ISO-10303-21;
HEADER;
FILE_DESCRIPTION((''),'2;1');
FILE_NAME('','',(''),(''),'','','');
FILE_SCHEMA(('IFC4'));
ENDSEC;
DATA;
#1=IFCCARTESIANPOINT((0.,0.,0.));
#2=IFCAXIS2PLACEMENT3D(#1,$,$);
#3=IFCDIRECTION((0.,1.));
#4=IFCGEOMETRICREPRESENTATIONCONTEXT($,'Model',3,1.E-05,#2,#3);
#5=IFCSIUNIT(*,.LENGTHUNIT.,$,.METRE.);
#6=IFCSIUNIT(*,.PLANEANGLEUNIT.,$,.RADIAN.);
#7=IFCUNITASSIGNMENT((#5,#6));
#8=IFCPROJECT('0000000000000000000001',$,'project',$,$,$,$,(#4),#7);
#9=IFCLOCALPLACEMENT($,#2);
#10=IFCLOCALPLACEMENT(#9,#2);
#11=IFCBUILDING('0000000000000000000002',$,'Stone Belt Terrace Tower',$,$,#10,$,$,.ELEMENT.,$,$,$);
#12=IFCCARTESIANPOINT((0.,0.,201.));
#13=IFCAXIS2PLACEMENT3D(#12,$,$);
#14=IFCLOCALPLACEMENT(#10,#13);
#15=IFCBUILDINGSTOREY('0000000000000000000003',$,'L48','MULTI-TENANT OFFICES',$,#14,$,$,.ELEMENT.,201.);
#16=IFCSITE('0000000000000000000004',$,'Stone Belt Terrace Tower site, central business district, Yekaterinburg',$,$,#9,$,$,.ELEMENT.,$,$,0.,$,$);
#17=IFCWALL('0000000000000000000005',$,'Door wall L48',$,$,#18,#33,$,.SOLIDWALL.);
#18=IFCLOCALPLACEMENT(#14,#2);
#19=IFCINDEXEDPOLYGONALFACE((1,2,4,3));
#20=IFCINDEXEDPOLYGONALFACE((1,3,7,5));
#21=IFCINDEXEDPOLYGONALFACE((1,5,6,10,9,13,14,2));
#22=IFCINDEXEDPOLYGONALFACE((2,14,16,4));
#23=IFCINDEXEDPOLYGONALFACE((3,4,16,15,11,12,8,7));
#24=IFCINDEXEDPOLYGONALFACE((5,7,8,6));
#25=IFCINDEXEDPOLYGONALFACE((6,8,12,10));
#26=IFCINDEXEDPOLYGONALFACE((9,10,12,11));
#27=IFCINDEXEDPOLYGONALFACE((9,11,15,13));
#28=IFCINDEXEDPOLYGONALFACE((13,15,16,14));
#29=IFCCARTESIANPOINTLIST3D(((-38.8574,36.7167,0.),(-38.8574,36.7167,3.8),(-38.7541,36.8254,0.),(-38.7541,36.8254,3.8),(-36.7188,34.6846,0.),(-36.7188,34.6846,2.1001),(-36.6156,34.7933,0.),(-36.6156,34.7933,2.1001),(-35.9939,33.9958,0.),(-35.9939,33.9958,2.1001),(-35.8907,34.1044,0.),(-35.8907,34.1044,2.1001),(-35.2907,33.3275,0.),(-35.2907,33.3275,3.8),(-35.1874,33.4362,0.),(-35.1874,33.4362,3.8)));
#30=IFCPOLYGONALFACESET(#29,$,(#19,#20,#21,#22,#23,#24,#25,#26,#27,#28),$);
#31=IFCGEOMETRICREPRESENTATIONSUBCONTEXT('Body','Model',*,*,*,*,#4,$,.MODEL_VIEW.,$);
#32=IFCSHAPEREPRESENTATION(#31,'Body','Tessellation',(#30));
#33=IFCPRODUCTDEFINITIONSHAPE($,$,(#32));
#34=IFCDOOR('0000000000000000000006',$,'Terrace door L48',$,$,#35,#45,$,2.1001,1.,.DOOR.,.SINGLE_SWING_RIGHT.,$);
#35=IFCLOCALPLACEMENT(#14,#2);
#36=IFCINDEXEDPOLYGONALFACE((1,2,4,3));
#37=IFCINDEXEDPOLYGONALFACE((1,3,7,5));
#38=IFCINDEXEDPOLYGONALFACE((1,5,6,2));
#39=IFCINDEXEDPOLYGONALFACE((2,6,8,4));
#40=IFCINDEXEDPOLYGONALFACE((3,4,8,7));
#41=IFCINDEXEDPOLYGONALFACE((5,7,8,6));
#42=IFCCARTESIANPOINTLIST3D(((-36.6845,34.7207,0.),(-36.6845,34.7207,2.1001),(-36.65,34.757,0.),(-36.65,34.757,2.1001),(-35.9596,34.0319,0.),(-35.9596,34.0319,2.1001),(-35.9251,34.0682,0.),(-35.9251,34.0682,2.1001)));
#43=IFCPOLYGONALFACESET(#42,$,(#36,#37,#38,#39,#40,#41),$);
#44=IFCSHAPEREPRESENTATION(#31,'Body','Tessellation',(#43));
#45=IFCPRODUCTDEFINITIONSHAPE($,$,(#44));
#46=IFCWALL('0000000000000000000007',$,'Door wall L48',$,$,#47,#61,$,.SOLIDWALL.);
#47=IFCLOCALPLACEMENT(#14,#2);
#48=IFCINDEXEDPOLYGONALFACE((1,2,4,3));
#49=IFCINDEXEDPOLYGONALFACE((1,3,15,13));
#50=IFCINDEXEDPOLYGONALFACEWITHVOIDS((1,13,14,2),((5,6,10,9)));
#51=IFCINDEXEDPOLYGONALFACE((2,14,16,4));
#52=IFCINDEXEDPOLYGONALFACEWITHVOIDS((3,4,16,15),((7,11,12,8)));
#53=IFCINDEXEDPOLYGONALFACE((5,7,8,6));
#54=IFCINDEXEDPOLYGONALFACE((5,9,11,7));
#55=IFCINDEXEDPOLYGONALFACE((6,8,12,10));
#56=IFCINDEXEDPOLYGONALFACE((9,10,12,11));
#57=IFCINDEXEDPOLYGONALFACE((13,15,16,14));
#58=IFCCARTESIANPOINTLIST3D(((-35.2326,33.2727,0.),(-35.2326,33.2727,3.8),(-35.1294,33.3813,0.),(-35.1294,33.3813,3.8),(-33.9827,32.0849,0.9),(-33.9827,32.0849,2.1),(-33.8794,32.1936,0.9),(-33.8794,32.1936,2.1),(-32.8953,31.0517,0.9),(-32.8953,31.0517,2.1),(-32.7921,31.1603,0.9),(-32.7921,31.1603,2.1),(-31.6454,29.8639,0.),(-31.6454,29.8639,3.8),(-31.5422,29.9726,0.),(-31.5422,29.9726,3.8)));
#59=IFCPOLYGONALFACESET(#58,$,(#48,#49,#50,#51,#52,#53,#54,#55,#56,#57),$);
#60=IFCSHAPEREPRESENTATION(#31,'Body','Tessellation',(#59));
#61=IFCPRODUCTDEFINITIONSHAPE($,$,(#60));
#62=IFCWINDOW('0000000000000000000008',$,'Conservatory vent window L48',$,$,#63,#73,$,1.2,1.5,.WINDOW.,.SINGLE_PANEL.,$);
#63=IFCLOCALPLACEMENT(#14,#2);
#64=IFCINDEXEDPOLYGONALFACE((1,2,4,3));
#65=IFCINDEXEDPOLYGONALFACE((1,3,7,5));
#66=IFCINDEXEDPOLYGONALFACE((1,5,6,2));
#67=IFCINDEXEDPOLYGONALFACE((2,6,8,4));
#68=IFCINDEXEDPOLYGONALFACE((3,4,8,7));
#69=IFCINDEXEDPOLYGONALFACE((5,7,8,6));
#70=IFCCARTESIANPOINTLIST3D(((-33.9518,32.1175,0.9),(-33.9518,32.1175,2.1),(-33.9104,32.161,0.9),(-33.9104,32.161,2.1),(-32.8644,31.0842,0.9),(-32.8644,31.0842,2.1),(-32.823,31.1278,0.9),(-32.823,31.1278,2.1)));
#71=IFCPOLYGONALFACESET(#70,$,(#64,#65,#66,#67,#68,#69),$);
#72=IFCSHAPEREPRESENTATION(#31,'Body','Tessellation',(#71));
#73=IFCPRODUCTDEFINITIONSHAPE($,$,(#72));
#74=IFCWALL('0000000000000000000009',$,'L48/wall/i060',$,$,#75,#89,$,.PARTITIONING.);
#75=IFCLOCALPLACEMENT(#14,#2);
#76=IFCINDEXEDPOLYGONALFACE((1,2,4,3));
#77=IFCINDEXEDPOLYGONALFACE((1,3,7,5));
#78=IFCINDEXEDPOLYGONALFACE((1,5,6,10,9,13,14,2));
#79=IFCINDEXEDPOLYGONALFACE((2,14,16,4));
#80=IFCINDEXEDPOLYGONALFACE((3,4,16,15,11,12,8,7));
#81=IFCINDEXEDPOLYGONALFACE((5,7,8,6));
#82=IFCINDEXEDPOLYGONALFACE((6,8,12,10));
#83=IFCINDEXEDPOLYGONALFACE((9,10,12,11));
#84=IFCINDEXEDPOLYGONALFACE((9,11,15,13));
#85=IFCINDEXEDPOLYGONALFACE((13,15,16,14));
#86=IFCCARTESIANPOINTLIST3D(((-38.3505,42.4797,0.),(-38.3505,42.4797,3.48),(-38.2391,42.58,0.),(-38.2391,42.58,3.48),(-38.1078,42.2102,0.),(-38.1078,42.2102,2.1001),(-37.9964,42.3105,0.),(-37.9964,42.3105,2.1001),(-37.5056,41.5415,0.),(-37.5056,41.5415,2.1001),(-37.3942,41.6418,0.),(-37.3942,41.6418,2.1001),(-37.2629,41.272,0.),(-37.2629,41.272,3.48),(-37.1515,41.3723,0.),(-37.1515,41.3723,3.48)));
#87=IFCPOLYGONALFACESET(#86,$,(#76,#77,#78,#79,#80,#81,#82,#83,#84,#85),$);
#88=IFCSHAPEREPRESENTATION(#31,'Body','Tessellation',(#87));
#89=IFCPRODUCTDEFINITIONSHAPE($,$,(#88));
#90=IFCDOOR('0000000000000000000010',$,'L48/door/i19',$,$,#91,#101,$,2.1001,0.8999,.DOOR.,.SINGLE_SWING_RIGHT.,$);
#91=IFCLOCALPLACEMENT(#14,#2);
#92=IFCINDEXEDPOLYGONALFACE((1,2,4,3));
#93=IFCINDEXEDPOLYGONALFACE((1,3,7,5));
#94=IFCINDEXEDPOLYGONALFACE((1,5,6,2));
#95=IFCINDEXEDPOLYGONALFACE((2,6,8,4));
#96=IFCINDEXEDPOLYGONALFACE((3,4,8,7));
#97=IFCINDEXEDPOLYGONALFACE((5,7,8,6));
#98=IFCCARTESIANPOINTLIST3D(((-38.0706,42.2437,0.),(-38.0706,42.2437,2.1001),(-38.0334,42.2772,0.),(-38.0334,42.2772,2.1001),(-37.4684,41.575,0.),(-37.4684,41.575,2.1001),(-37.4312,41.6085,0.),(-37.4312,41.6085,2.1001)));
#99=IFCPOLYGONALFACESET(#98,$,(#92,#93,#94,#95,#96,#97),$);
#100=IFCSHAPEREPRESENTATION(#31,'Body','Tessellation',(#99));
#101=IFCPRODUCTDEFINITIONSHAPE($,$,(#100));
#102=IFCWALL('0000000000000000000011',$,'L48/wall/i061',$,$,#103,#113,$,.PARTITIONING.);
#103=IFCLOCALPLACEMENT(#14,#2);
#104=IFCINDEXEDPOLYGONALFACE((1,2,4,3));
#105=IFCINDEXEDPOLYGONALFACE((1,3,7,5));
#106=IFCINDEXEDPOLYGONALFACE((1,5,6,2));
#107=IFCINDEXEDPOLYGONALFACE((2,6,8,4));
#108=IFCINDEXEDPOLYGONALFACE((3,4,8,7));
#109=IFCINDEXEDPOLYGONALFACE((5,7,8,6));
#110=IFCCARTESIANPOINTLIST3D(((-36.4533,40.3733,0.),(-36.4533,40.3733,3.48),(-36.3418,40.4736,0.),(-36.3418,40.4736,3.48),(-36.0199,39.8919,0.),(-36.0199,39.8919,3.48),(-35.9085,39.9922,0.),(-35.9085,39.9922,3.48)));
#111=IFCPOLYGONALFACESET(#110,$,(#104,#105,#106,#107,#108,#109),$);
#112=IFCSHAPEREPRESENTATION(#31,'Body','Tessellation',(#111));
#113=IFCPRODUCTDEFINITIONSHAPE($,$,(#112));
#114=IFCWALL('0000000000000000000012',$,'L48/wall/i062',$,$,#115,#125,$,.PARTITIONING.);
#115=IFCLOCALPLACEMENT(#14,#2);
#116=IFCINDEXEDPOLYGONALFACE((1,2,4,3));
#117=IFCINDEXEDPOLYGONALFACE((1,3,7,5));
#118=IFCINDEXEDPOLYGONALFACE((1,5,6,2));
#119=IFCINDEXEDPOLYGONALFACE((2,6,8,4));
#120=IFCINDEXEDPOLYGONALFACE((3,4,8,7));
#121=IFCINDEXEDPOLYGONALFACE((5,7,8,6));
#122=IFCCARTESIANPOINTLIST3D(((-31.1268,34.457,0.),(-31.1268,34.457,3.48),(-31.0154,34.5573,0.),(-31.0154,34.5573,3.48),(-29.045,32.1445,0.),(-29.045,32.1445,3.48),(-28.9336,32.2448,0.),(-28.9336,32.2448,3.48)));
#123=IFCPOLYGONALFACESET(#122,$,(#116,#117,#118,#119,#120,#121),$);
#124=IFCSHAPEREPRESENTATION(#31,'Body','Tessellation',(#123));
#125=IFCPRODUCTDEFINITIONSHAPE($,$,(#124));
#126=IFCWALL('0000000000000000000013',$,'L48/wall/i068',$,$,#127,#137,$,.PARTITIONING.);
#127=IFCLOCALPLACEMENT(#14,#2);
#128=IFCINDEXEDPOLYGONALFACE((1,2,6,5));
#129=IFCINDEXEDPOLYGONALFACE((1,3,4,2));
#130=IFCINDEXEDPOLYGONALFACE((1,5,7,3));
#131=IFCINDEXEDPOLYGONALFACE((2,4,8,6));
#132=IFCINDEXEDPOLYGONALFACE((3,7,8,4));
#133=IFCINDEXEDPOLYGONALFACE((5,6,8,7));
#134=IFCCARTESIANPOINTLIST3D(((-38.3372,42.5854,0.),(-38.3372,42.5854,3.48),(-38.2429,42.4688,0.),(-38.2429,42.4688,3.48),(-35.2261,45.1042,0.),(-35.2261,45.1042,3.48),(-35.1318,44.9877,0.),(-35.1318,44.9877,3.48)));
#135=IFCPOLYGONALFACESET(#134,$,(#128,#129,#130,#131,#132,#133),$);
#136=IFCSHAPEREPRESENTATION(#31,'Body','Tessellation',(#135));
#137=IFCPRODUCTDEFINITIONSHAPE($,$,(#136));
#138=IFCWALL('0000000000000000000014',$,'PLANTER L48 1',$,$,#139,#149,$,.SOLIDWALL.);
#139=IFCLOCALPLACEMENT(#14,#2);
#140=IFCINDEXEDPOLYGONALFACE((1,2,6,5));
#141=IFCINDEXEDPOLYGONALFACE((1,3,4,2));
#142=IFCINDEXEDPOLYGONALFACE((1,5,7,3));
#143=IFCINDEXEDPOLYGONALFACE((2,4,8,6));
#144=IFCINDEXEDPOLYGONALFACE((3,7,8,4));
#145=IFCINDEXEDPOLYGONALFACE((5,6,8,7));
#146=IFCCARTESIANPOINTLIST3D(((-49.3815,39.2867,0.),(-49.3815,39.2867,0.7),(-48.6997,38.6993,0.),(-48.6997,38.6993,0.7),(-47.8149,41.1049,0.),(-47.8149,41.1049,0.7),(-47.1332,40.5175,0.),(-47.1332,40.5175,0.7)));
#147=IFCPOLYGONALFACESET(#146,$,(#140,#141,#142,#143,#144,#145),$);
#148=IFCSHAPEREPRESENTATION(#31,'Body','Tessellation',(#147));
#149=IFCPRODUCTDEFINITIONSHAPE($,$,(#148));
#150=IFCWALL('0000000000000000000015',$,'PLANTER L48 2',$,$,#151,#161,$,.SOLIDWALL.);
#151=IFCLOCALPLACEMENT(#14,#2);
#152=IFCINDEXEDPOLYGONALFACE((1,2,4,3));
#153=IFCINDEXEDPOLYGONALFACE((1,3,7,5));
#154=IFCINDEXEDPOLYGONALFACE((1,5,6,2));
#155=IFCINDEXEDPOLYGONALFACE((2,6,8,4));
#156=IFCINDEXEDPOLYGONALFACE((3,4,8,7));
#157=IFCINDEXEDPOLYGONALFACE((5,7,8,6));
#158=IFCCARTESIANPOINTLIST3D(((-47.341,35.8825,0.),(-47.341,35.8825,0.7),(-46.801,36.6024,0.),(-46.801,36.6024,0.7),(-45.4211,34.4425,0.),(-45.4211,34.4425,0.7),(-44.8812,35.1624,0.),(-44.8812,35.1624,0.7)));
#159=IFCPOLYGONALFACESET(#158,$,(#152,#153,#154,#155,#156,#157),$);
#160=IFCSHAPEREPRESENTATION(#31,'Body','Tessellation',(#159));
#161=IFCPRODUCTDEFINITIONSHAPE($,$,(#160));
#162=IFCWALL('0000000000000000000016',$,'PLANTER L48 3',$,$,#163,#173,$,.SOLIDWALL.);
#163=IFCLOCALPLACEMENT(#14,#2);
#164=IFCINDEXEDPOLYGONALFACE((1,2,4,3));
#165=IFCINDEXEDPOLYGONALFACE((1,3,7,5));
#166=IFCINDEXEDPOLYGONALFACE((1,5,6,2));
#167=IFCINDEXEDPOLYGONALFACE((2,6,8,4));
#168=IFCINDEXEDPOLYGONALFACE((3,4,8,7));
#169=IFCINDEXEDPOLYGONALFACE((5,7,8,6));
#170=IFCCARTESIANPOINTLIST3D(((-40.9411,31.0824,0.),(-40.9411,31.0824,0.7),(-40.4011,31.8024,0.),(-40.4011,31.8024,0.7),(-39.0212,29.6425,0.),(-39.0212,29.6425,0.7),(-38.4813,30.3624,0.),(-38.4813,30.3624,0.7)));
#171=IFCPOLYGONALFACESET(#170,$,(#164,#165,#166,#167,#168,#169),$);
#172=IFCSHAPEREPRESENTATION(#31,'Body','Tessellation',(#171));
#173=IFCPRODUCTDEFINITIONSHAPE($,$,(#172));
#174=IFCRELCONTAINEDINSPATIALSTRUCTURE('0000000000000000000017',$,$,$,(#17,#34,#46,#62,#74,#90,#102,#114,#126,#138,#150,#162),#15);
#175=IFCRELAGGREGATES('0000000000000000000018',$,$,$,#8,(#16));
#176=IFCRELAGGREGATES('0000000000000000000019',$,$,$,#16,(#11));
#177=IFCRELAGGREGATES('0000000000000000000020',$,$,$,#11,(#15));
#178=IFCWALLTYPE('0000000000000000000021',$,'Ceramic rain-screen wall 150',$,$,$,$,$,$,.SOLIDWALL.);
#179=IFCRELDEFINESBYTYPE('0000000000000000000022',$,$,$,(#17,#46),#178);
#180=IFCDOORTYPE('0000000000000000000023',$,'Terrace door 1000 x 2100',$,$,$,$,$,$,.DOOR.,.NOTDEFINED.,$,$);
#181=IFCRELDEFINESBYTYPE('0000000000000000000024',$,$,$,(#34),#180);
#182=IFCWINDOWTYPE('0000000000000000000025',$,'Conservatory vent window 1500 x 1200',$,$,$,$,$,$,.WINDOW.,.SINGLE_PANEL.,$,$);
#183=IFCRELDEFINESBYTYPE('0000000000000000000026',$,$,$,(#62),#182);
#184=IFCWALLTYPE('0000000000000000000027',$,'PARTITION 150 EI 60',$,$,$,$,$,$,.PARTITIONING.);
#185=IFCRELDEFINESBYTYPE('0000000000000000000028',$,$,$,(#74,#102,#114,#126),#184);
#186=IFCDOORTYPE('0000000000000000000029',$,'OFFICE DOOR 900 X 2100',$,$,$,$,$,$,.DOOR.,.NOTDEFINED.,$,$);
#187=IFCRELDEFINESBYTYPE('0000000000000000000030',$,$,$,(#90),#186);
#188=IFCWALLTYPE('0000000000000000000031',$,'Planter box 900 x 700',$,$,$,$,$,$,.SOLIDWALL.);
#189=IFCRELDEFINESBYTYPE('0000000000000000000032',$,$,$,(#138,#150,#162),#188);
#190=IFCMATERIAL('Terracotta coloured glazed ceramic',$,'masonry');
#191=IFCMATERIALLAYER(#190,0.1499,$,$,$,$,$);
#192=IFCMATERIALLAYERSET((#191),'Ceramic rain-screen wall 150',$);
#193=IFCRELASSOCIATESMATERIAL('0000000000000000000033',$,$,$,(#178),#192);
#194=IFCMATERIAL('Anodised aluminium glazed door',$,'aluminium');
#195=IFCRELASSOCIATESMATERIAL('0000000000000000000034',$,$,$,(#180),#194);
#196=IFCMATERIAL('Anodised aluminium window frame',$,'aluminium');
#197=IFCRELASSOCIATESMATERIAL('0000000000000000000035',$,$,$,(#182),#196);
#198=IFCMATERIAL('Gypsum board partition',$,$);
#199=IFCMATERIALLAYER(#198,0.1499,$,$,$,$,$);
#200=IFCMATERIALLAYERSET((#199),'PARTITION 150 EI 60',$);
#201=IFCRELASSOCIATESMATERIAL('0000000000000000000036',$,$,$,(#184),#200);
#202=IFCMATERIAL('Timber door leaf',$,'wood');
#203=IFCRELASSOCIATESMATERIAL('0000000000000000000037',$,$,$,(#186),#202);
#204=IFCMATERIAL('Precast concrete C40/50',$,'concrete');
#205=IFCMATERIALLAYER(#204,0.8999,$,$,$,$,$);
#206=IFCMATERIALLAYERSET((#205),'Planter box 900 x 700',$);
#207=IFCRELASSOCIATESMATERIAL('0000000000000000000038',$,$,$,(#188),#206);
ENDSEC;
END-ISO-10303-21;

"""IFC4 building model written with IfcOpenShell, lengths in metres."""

from ifc_helpers import new_model, si_unit, direction, frame, frame_2d, origin, origin_2d, place, context, subcontext, project, spatial, rectangle, extrude, material, layer, layer_set, type_object, element, fill, save


model = new_model("IFC4")

# Units and contexts
model_context = context("Model", 3, precision=1e-05, world=origin(), true_north=direction((0.0, 1.0)))
body_context = subcontext(model_context, "Body", "Model", "MODEL_VIEW")
ifc_project = project(units=[si_unit("LENGTHUNIT", "METRE"), si_unit("PLANEANGLEUNIT", "RADIAN")], contexts=[model_context])

# Site, building, storey
site_placement = place(None, origin())
site = spatial("IfcSite", under=ifc_project, at=site_placement, Name="Stone Belt Terrace Tower site, central business district, Yekaterinburg", CompositionType="ELEMENT", RefElevation=0.0)
building_placement = place(site_placement, origin())
building = spatial("IfcBuilding", under=site, at=building_placement, Name="Stone Belt Terrace Tower", CompositionType="ELEMENT")
storey_placement = place(building_placement, frame((0.0, 0.0, 201.0)))
storey = spatial("IfcBuildingStorey", under=building, at=storey_placement, Name="L48", Description="MULTI-TENANT OFFICES", CompositionType="ELEMENT", Elevation=201.0)

# Wall, opening, door
ifc_material_1 = material(Name="Terracotta coloured glazed ceramic", Category="masonry")
ifc_layer_1 = layer(ifc_material_1, 0.1499)
ifc_layer_set_1 = layer_set([ifc_layer_1], Name="Ceramic rain-screen wall 150")
wall_type_1 = type_object("IfcWallType", Name="Ceramic rain-screen wall 150", PredefinedType="SOLIDWALL", material=ifc_layer_set_1)
wall_1_placement = place(storey_placement, frame((-38.8057, 36.771, 0.0), z_axis=(0.0, 0.0, 1.0), x_axis=(0.724914, -0.688839, 0.0)))
wall_1 = element("IfcWall", 1, at=wall_1_placement, inside=storey, type_object=wall_type_1, Name="Door wall L48", PredefinedType="SOLIDWALL", context=body_context, shape_type="SweptSolid", body=[
    extrude(rectangle(XDim=4.9202, YDim=0.1499, at=frame_2d((2.46, 0.0))), origin(), (0.0, 0.0, 1.0), 3.8),
])
opening_1_placement = place(wall_1_placement, frame((2.95, 0.0, 0.0)))
opening_1 = element("IfcOpeningElement", 2, at=opening_1_placement, cuts=wall_1, PredefinedType="OPENING", context=body_context, shape_type="SweptSolid", body=[
    extrude(rectangle(XDim=1.0, YDim=2.1001, at=frame_2d((0.5, 1.05))), frame((0.0, 0.085, 0.0), z_axis=(0.0, -1.0, 0.0), x_axis=(1.0, 0.0, 0.0)), (0.0, 0.0, 1.0), 0.1699),
])
ifc_material_2 = material(Name="Anodised aluminium glazed door", Category="aluminium")
door_type_1 = type_object("IfcDoorType", Name="Terrace door 1000 x 2100", OperationType="NOTDEFINED", PredefinedType="DOOR", material=ifc_material_2)
door_1_placement = place(opening_1_placement, origin())
door_1 = element("IfcDoor", 3, at=door_1_placement, inside=storey, type_object=door_type_1, Name="Terrace door L48", OperationType="SINGLE_SWING_RIGHT", OverallHeight=2.1001, OverallWidth=1.0, PredefinedType="DOOR", context=body_context, shape_type="SweptSolid", body=[
    extrude(rectangle(XDim=1.0, YDim=2.1001, at=frame_2d((0.5, 1.05))), frame((0.0, 0.0249, 0.0), z_axis=(0.0, -1.0, 0.0), x_axis=(1.0, 0.0, 0.0)), (0.0, 0.0, 1.0), 0.05),
])
fill(opening_1, door_1)

# Wall, opening, window
wall_2_placement = place(storey_placement, frame((-35.1809, 33.3269, 0.0), z_axis=(0.0, 0.0, 1.0), x_axis=(0.72491, -0.688844, 0.0)))
wall_2 = element("IfcWall", 4, at=wall_2_placement, inside=storey, type_object=wall_type_1, Name="Door wall L48", PredefinedType="SOLIDWALL", context=body_context, shape_type="SweptSolid", body=[
    extrude(rectangle(XDim=4.9485, YDim=0.1499, at=frame_2d((2.4741, 0.0))), origin(), (0.0, 0.0, 1.0), 3.8),
])
opening_2_placement = place(wall_2_placement, frame((1.7241, 0.0, 0.8999)))
opening_2 = element("IfcOpeningElement", 5, at=opening_2_placement, cuts=wall_2, PredefinedType="OPENING", context=body_context, shape_type="SweptSolid", body=[
    extrude(rectangle(XDim=1.5, YDim=1.2, at=frame_2d((0.75, 0.6001))), frame((0.0, 0.085, 0.0), z_axis=(0.0, -1.0, 0.0), x_axis=(1.0, 0.0, 0.0)), (0.0, 0.0, 1.0), 0.1699),
])
ifc_material_3 = material(Name="Anodised aluminium window frame", Category="aluminium")
window_type = type_object("IfcWindowType", Name="Conservatory vent window 1500 x 1200", PartitioningType="SINGLE_PANEL", PredefinedType="WINDOW", material=ifc_material_3)
window_placement = place(opening_2_placement, origin())
window = element("IfcWindow", 6, at=window_placement, inside=storey, type_object=window_type, Name="Conservatory vent window L48", OverallHeight=1.2, OverallWidth=1.5, PartitioningType="SINGLE_PANEL", PredefinedType="WINDOW", context=body_context, shape_type="SweptSolid", body=[
    extrude(rectangle(XDim=1.5, YDim=1.2, at=frame_2d((0.75, 0.6001))), frame((0.0, 0.03, 0.0), z_axis=(0.0, -1.0, 0.0), x_axis=(1.0, 0.0, 0.0)), (0.0, 0.0, 1.0), 0.0601),
])
fill(opening_2, window)

# Wall, opening, door
ifc_material_4 = material(Name="Gypsum board partition")
ifc_layer_2 = layer(ifc_material_4, 0.1499)
ifc_layer_set_2 = layer_set([ifc_layer_2], Name="PARTITION 150 EI 60")
wall_type_2 = type_object("IfcWallType", Name="PARTITION 150 EI 60", PredefinedType="PARTITIONING", material=ifc_layer_set_2)
wall_3_placement = place(storey_placement, frame((-37.2073, 41.3223, 0.0), z_axis=(0.0, 0.0, 1.0), x_axis=(-0.669189, 0.743092, 0.0)))
wall_3 = element("IfcWall", 7, at=wall_3_placement, inside=storey, type_object=wall_type_2, Name="L48/wall/i060", PredefinedType="PARTITIONING", context=body_context, shape_type="SweptSolid", body=[
    extrude(rectangle(XDim=1.6252, YDim=0.1499, at=frame_2d((0.8125, 0.0))), origin(), (0.0, 0.0, 1.0), 3.48),
])
opening_3_placement = place(wall_3_placement, frame((0.3625, 0.0, 0.0)))
opening_3 = element("IfcOpeningElement", 8, at=opening_3_placement, cuts=wall_3, PredefinedType="OPENING", context=body_context, shape_type="SweptSolid", body=[
    extrude(rectangle(XDim=0.8999, YDim=2.1001, at=frame_2d((0.45, 1.05))), frame((0.0, 0.085, 0.0), z_axis=(0.0, -1.0, 0.0), x_axis=(1.0, 0.0, 0.0)), (0.0, 0.0, 1.0), 0.1699),
])
ifc_material_5 = material(Name="Timber door leaf", Category="wood")
door_type_2 = type_object("IfcDoorType", Name="OFFICE DOOR 900 X 2100", OperationType="NOTDEFINED", PredefinedType="DOOR", material=ifc_material_5)
door_2_placement = place(opening_3_placement, origin())
door_2 = element("IfcDoor", 9, at=door_2_placement, inside=storey, type_object=door_type_2, Name="L48/door/i19", OperationType="SINGLE_SWING_RIGHT", OverallHeight=2.1001, OverallWidth=0.8999, PredefinedType="DOOR", context=body_context, shape_type="SweptSolid", body=[
    extrude(rectangle(XDim=0.8999, YDim=2.1001, at=frame_2d((0.45, 1.05))), frame((0.0, 0.0249, 0.0), z_axis=(0.0, -1.0, 0.0), x_axis=(1.0, 0.0, 0.0)), (0.0, 0.0, 1.0), 0.05),
])
fill(opening_3, door_2)

# Walls
wall_4_placement = place(storey_placement, frame((-36.3975, 40.4233, 0.0), z_axis=(0.0, 0.0, 1.0), x_axis=(0.669006, -0.743257, 0.0)))
element("IfcWall", 10, at=wall_4_placement, inside=storey, type_object=wall_type_2, Name="L48/wall/i061", PredefinedType="PARTITIONING", context=body_context, shape_type="SweptSolid", body=[
    extrude(rectangle(XDim=0.6477, YDim=0.1499, at=frame_2d((0.3237, 0.0))), origin(), (0.0, 0.0, 1.0), 3.48),
])
wall_5_placement = place(storey_placement, frame((-31.071, 34.5071, 0.0), z_axis=(0.0, 0.0, 1.0), x_axis=(0.66906, -0.743208, 0.0)))
element("IfcWall", 11, at=wall_5_placement, inside=storey, type_object=wall_type_2, Name="L48/wall/i062", PredefinedType="PARTITIONING", context=body_context, shape_type="SweptSolid", body=[
    extrude(rectangle(XDim=3.1116, YDim=0.1499, at=frame_2d((1.5557, 0.0))), origin(), (0.0, 0.0, 1.0), 3.48),
])
wall_6_placement = place(storey_placement, frame((-38.29, 42.5271, 0.0), z_axis=(0.0, 0.0, 1.0), x_axis=(0.777208, 0.629244, 0.0)))
element("IfcWall", 12, at=wall_6_placement, inside=storey, type_object=wall_type_2, Name="L48/wall/i068", PredefinedType="PARTITIONING", context=body_context, shape_type="SweptSolid", body=[
    extrude(rectangle(XDim=4.0029, YDim=0.1499, at=frame_2d((2.0015, 0.0))), origin(), (0.0, 0.0, 1.0), 3.48),
])
ifc_material_6 = material(Name="Precast concrete C40/50", Category="concrete")
ifc_layer_3 = layer(ifc_material_6, 0.8999)
ifc_layer_set_3 = layer_set([ifc_layer_3], Name="Planter box 900 x 700")
wall_type_3 = type_object("IfcWallType", Name="Planter box 900 x 700", PredefinedType="SOLIDWALL", material=ifc_layer_set_3)
for number, where, z_axis, x_axis, name in (
    (13, (-48.2573, 39.9021, 0.0), (0.0, 0.0, 1.0), (-0.652738, -0.757584, 0.0), "PLANTER L48 1"),
    (14, (-46.1111, 35.5225, 0.0), (0.0, 0.0, 1.0), (0.799987, -0.600018, 0.0), "PLANTER L48 2"),
    (15, (-39.7112, 30.7224, 0.0), (0.0, 0.0, 1.0), (0.799987, -0.600018, 0.0), "PLANTER L48 3"),
):
    element("IfcWall", number, at=place(storey_placement, frame(where, z_axis=z_axis, x_axis=x_axis)), inside=storey, type_object=wall_type_3, Name=name, PredefinedType="SOLIDWALL", context=body_context, shape_type="SweptSolid", body=[
        extrude(rectangle(XDim=2.3999, YDim=0.8999, at=origin_2d()), origin(), (0.0, 0.0, 1.0), 0.7),
    ])

save(model, "model.ifc")
